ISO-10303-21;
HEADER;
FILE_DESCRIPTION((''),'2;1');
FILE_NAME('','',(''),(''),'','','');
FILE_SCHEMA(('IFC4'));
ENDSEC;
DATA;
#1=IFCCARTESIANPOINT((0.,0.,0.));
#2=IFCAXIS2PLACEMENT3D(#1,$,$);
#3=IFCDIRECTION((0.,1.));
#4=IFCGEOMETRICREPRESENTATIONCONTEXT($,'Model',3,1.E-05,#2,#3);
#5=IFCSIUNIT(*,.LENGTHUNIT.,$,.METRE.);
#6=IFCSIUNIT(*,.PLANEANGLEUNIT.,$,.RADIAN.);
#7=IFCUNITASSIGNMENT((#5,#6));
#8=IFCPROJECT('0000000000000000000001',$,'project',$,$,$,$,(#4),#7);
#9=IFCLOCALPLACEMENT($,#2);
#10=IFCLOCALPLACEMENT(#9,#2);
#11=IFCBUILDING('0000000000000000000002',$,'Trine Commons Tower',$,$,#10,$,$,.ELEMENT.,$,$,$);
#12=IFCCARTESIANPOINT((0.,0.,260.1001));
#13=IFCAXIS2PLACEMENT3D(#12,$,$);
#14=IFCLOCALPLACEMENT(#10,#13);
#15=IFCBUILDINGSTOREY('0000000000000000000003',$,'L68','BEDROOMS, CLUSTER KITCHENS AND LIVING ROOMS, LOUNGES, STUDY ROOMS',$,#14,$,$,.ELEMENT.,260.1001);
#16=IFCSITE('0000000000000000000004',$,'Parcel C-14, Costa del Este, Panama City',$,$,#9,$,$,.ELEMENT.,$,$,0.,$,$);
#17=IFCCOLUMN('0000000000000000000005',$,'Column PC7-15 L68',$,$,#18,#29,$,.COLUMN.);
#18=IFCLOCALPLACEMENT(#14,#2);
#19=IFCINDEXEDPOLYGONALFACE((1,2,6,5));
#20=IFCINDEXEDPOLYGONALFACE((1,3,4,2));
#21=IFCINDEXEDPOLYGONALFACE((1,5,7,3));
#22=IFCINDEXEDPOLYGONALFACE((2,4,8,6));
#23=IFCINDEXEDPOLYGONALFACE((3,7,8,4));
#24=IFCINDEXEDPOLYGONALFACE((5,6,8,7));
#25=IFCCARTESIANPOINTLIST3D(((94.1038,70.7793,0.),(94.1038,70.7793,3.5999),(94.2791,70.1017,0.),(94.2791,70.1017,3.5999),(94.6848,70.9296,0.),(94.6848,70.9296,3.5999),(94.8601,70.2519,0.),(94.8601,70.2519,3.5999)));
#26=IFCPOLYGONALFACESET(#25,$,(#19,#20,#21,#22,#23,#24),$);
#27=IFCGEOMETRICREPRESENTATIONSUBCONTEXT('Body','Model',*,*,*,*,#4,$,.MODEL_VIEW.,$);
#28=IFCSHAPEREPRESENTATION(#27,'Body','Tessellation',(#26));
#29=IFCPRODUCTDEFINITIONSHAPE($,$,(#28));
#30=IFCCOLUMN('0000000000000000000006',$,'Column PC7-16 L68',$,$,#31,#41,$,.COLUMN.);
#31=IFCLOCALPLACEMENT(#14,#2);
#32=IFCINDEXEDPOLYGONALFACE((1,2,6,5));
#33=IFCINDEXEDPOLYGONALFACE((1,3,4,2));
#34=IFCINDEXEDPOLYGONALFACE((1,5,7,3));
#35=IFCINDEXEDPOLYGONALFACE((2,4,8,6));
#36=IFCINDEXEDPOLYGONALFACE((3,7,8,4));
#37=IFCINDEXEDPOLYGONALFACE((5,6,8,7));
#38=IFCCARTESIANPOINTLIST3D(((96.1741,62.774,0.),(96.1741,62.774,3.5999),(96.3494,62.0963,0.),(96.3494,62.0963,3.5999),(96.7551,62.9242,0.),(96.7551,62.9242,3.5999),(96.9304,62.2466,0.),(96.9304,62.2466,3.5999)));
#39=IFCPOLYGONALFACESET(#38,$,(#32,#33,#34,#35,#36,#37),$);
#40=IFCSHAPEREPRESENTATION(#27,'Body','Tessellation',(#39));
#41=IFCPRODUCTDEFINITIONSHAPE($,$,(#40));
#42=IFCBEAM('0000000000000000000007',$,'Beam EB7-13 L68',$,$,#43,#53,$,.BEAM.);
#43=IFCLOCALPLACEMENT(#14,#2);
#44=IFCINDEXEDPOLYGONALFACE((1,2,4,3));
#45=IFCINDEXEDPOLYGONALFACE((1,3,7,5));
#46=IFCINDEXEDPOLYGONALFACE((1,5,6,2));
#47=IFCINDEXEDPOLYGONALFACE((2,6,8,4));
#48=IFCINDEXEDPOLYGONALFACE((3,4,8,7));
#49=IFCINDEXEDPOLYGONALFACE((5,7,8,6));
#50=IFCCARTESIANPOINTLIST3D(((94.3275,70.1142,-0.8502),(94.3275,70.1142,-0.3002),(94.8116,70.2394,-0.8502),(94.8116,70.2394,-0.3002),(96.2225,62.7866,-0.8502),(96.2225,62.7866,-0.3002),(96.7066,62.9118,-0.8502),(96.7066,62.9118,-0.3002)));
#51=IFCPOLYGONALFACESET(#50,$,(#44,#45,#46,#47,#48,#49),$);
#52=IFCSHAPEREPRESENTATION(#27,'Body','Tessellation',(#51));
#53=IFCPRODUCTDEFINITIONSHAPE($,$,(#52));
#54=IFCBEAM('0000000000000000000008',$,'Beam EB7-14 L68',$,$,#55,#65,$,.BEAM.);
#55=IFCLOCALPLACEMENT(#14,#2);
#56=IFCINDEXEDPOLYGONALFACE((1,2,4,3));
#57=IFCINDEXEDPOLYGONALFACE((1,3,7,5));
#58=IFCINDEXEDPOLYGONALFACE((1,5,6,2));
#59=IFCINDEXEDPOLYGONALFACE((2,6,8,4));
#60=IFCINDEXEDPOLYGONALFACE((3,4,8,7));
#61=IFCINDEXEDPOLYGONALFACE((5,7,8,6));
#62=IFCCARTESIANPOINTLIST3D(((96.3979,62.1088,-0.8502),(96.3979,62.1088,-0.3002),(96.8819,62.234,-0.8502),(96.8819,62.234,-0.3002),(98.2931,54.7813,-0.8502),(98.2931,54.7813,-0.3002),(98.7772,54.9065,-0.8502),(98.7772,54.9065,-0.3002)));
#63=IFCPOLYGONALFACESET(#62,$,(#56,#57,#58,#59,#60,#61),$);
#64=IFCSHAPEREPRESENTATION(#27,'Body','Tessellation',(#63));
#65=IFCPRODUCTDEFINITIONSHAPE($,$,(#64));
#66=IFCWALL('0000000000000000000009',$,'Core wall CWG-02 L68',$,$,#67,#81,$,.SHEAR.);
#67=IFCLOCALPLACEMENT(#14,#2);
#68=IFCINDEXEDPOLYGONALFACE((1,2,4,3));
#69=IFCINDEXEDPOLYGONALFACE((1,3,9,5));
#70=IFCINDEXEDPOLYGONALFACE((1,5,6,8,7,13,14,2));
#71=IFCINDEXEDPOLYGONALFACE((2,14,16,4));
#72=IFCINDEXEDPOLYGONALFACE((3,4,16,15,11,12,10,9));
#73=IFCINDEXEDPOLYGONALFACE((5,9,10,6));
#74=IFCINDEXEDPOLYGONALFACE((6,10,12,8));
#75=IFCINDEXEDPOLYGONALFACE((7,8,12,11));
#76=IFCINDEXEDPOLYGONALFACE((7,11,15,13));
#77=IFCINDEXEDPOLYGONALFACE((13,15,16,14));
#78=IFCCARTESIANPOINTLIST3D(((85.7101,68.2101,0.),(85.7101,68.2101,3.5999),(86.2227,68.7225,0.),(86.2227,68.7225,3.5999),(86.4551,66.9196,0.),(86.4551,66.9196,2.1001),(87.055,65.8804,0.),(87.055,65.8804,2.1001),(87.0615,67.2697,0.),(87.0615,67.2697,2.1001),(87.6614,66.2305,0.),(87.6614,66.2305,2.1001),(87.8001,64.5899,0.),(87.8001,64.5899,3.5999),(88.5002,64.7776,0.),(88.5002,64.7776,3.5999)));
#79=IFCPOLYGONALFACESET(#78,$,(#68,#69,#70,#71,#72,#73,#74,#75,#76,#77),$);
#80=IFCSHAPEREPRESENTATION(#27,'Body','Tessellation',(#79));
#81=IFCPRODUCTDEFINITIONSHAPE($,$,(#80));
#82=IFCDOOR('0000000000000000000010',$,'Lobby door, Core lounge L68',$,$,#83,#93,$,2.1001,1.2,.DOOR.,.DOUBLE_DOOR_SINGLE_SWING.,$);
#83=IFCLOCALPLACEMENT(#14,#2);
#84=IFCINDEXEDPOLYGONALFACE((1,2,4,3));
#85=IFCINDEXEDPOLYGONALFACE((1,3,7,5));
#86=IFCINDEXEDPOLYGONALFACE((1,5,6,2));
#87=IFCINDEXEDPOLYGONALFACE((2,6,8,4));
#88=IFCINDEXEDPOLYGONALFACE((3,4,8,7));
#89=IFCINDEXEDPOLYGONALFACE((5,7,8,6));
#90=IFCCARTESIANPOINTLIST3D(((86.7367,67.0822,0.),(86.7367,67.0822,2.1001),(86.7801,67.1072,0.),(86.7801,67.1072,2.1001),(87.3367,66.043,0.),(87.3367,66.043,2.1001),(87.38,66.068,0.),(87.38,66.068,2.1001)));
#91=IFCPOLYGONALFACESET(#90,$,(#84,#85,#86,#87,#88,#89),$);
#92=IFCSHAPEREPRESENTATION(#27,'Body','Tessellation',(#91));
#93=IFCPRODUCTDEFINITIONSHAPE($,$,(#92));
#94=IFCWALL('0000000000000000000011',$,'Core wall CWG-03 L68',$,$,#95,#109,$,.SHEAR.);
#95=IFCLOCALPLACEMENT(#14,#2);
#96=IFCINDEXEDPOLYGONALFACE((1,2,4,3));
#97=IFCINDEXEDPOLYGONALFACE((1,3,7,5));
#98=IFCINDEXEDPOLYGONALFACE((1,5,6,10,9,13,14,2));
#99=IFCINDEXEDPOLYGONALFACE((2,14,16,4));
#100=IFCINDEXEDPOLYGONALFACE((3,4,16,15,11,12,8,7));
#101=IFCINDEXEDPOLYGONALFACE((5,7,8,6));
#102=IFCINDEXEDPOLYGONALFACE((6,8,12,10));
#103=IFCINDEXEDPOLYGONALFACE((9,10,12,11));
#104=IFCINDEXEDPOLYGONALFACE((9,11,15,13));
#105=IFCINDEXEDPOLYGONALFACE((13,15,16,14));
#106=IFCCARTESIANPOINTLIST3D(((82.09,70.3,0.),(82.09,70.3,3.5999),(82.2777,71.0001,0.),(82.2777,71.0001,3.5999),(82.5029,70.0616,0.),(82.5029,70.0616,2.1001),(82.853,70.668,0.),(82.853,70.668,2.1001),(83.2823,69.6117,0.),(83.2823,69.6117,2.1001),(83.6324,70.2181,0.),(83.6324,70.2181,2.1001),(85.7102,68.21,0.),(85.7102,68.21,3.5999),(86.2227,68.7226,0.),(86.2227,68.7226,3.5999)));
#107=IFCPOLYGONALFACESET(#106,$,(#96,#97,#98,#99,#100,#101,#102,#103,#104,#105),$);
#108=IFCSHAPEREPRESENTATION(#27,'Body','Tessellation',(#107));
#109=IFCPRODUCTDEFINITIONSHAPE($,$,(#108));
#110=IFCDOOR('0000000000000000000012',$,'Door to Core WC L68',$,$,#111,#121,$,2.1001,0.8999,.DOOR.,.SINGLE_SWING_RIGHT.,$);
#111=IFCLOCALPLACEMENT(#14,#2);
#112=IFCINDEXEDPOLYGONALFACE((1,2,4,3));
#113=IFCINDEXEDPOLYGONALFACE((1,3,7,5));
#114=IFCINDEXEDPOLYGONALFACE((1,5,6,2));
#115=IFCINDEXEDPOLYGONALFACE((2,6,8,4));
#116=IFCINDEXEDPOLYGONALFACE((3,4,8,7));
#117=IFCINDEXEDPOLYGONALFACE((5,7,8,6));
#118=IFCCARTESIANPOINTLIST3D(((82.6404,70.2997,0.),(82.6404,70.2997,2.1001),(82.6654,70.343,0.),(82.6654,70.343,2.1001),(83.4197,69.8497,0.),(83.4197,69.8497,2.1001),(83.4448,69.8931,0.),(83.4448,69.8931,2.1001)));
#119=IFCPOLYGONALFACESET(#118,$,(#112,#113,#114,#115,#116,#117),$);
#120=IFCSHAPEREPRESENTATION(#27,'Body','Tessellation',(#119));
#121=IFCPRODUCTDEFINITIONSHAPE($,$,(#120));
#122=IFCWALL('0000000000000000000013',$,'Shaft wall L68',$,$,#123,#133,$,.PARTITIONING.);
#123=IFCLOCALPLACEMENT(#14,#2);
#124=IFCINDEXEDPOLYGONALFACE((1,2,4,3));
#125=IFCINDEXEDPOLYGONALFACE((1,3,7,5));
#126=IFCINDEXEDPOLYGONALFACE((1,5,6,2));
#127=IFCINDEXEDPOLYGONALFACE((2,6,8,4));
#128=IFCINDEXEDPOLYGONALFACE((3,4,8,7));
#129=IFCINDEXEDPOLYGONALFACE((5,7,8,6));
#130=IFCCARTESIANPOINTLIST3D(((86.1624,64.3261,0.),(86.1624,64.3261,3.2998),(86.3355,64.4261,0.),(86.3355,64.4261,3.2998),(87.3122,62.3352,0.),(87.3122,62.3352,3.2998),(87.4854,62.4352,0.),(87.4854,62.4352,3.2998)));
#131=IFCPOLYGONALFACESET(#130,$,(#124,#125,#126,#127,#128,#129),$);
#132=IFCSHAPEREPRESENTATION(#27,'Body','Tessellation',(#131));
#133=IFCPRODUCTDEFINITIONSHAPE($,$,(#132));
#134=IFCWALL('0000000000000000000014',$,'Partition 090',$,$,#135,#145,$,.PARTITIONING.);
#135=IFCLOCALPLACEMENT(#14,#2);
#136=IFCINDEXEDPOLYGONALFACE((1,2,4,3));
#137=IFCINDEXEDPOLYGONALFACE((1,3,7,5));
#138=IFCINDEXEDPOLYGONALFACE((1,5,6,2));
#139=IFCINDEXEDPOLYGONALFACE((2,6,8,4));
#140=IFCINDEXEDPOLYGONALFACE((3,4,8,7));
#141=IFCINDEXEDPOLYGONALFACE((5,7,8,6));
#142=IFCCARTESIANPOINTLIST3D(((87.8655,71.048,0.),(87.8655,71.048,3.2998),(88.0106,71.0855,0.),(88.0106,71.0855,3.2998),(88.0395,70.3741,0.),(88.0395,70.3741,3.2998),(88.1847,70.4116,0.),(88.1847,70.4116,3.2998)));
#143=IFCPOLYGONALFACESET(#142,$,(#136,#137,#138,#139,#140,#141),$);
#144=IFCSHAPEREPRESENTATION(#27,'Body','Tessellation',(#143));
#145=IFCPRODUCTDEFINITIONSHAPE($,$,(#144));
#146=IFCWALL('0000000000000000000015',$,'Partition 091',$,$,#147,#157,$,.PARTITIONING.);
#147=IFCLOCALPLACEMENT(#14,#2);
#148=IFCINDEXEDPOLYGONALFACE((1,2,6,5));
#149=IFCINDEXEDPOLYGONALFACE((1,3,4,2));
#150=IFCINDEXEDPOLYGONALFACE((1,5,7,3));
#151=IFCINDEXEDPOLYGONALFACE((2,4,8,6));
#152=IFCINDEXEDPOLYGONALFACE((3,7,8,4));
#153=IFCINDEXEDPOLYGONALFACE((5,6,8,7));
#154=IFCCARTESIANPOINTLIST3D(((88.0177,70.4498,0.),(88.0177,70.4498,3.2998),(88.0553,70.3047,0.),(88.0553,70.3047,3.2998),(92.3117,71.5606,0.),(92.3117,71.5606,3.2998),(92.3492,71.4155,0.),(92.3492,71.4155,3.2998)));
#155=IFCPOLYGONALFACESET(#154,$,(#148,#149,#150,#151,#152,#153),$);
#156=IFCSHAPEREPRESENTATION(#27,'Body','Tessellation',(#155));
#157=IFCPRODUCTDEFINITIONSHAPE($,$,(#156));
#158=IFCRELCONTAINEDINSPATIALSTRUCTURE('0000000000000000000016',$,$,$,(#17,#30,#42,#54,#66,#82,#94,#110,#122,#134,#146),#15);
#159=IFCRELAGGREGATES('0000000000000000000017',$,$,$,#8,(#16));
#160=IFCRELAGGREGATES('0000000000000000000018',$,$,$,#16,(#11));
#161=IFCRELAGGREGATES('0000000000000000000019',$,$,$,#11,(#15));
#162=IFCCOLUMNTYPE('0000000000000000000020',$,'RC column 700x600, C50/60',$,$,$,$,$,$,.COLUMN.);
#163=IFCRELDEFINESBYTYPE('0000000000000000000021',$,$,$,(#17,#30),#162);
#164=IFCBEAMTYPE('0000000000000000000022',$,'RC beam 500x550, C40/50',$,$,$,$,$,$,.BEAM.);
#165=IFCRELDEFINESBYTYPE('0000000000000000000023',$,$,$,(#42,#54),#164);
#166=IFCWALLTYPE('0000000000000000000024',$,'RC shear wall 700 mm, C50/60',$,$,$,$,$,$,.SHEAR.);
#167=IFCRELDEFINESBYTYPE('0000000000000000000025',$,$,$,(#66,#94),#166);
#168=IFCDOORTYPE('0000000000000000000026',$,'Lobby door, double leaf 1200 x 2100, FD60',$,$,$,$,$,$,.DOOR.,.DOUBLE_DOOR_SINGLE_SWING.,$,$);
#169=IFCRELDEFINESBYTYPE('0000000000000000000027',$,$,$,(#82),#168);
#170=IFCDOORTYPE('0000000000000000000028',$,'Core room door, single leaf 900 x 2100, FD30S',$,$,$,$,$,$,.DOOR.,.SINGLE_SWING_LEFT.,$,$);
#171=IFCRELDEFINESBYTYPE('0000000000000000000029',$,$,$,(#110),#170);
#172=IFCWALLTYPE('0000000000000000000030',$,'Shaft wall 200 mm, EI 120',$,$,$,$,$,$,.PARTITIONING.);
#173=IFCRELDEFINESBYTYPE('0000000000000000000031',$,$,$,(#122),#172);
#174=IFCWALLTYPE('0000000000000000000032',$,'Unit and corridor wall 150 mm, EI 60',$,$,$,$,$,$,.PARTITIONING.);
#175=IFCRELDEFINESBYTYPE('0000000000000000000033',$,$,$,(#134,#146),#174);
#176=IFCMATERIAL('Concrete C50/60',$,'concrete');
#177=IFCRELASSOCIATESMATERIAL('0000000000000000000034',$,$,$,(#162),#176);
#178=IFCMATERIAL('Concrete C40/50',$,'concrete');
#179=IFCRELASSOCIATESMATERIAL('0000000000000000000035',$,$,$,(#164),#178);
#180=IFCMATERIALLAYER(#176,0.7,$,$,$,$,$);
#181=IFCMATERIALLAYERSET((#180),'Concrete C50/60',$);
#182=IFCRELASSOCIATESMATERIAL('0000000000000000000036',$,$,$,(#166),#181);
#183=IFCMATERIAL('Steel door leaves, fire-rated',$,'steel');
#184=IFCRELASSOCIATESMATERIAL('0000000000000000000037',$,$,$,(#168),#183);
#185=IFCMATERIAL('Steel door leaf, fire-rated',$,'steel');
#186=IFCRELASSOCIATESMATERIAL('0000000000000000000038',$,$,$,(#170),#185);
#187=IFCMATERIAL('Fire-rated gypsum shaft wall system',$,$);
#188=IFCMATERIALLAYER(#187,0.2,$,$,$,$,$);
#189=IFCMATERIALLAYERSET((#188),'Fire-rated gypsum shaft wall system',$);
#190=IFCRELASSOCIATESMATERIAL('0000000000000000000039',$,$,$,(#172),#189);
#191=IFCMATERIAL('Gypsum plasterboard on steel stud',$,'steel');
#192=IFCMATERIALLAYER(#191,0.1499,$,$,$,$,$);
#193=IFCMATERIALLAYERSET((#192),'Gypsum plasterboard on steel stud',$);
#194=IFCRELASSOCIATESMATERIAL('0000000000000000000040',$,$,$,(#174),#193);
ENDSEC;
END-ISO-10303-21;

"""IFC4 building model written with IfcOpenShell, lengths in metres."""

from ifc_helpers import new_model, si_unit, direction, frame, frame_2d, origin, origin_2d, place, context, subcontext, project, spatial, polyline, rectangle, outline, extrude, material, layer, layer_set, material_profile, profile_set, type_object, element, fill, save


model = new_model("IFC4")

# Units and contexts
model_context = context("Model", 3, precision=1e-05, world=origin(), true_north=direction((0.0, 1.0)))
body_context = subcontext(model_context, "Body", "Model", "MODEL_VIEW")
ifc_project = project(units=[si_unit("LENGTHUNIT", "METRE"), si_unit("PLANEANGLEUNIT", "RADIAN")], contexts=[model_context])

# Site, building, storey
site_placement = place(None, origin())
site = spatial("IfcSite", under=ifc_project, at=site_placement, Name="Parcel C-14, Costa del Este, Panama City", CompositionType="ELEMENT", RefElevation=0.0)
building_placement = place(site_placement, origin())
building = spatial("IfcBuilding", under=site, at=building_placement, Name="Trine Commons Tower", CompositionType="ELEMENT")
storey_placement = place(building_placement, frame((0.0, 0.0, 260.1001)))
storey = spatial("IfcBuildingStorey", under=building, at=storey_placement, Name="L68", Description="BEDROOMS, CLUSTER KITCHENS AND LIVING ROOMS, LOUNGES, STUDY ROOMS", CompositionType="ELEMENT", Elevation=260.1001)

# Columns
ifc_material_1 = material(Name="Concrete C50/60", Category="concrete")
ifc_material_profile_1 = material_profile(ifc_material_1, rectangle(XDim=0.7, YDim=0.6001, at=origin_2d()), Name="RC 700x600")
ifc_profile_set_1 = profile_set([ifc_material_profile_1], Name="Concrete C50/60")
column_type = type_object("IfcColumnType", Name="RC column 700x600, C50/60", PredefinedType="COLUMN", material=ifc_profile_set_1)
for number, where, z_axis, x_axis, name in (
    (1, (94.4819, 70.5156, 0.0), (0.0, 0.0, 1.0), (-0.25038, 0.968148, 0.0), "Column PC7-15 L68"),
    (2, (96.5522, 62.5103, 0.0), (0.0, 0.0, 1.0), (-0.25038, 0.968148, 0.0), "Column PC7-16 L68"),
):
    element("IfcColumn", number, at=place(storey_placement, frame(where, z_axis=z_axis, x_axis=x_axis)), inside=storey, type_object=column_type, Name=name, PredefinedType="COLUMN", context=body_context, shape_type="SweptSolid", body=[
        extrude(rectangle(XDim=0.7, YDim=0.6001, at=origin_2d()), origin(), (0.0, 0.0, 1.0), 3.5999),
    ])

# Beams
ifc_material_2 = material(Name="Concrete C40/50", Category="concrete")
ifc_material_profile_2 = material_profile(ifc_material_2, rectangle(XDim=0.5, YDim=0.55, at=origin_2d()), Name="RC 500x550")
ifc_profile_set_2 = profile_set([ifc_material_profile_2], Name="Concrete C40/50")
beam_type = type_object("IfcBeamType", Name="RC beam 500x550, C40/50", PredefinedType="BEAM", material=ifc_profile_set_2)
for number, where, z_axis, x_axis, name in (
    (3, (94.5696, 70.1768, -0.5752), (0.250376, -0.968149, 0.0), (0.968149, 0.250376, 0.0), "Beam EB7-13 L68"),
    (4, (96.6399, 62.1714, -0.5752), (0.250414, -0.968139, 0.0), (0.968139, 0.250414, 0.0), "Beam EB7-14 L68"),
):
    element("IfcBeam", number, at=place(storey_placement, frame(where, z_axis=z_axis, x_axis=x_axis)), inside=storey, type_object=beam_type, Name=name, PredefinedType="BEAM", context=body_context, shape_type="SweptSolid", body=[
        extrude(rectangle(XDim=0.5, YDim=0.55, at=origin_2d()), origin(), (0.0, 0.0, 1.0), 7.5686),
    ])

# Walls, openings, doors
ifc_layer_1 = layer(ifc_material_1, 0.7)
ifc_layer_set_1 = layer_set([ifc_layer_1], Name="Concrete C50/60")
wall_type_1 = type_object("IfcWallType", Name="RC shear wall 700 mm, C50/60", PredefinedType="SHEAR", material=ifc_layer_set_1)
wall_1_placement = place(storey_placement, frame((88.197, 64.6025, 0.0), z_axis=(0.0, 0.0, 1.0), x_axis=(-0.499984, 0.866035, 0.0)))
wall_1 = element("IfcWall", 5, at=wall_1_placement, inside=storey, type_object=wall_type_1, Name="Core wall CWG-02 L68", PredefinedType="SHEAR", context=body_context, shape_type="SweptSolid", body=[
    extrude(outline(polyline([(0.0, -0.3501), (4.5552, -0.3501), (4.3677, 0.3501), (0.1875, 0.3501), (0.0, -0.3501)])), origin(), (0.0, 0.0, 1.0), 3.5999),
])
opening_1_placement = place(wall_1_placement, frame((1.6775, 0.0, 0.0)))
opening_1 = element("IfcOpeningElement", 6, at=opening_1_placement, cuts=wall_1, PredefinedType="OPENING", context=body_context, shape_type="SweptSolid", body=[
    extrude(rectangle(XDim=1.2, YDim=2.1001, at=frame_2d((0.6001, 1.05))), frame((0.0, 0.3599, 0.0), z_axis=(0.0, -1.0, 0.0), x_axis=(1.0, 0.0, 0.0)), (0.0, 0.0, 1.0), 0.72),
])
ifc_material_3 = material(Name="Steel door leaves, fire-rated", Category="steel")
door_type_1 = type_object("IfcDoorType", Name="Lobby door, double leaf 1200 x 2100, FD60", OperationType="DOUBLE_DOOR_SINGLE_SWING", PredefinedType="DOOR", material=ifc_material_3)
door_1_placement = place(opening_1_placement, origin())
door_1 = element("IfcDoor", 7, at=door_1_placement, inside=storey, type_object=door_type_1, Name="Lobby door, Core lounge L68", OperationType="DOUBLE_DOOR_SINGLE_SWING", OverallHeight=2.1001, OverallWidth=1.2, PredefinedType="DOOR", context=body_context, shape_type="SweptSolid", body=[
    extrude(rectangle(XDim=1.2, YDim=2.1001, at=frame_2d((0.6001, 1.05))), frame((0.0, 0.0249, 0.0), z_axis=(0.0, -1.0, 0.0), x_axis=(1.0, 0.0, 0.0)), (0.0, 0.0, 1.0), 0.05),
])
fill(opening_1, door_1)
wall_2_placement = place(storey_placement, frame((86.0476, 68.4194, 0.0), z_axis=(0.0, 0.0, 1.0), x_axis=(-0.866035, 0.499984, 0.0)))
wall_2 = element("IfcWall", 8, at=wall_2_placement, inside=storey, type_object=wall_type_1, Name="Core wall CWG-03 L68", PredefinedType="SHEAR", context=body_context, shape_type="SweptSolid", body=[
    extrude(outline(polyline([(0.0, -0.3501), (4.5552, -0.3501), (4.3677, 0.3501), (0.1875, 0.3501), (0.0, -0.3501)])), origin(), (0.0, 0.0, 1.0), 3.5999),
])
opening_2_placement = place(wall_2_placement, frame((2.991, 0.0, 0.0)))
opening_2 = element("IfcOpeningElement", 9, at=opening_2_placement, cuts=wall_2, PredefinedType="OPENING", context=body_context, shape_type="SweptSolid", body=[
    extrude(rectangle(XDim=0.8999, YDim=2.1001, at=frame_2d((0.45, 1.05))), frame((0.0, 0.3599, 0.0), z_axis=(0.0, -1.0, 0.0), x_axis=(1.0, 0.0, 0.0)), (0.0, 0.0, 1.0), 0.72),
])
ifc_material_4 = material(Name="Steel door leaf, fire-rated", Category="steel")
door_type_2 = type_object("IfcDoorType", Name="Core room door, single leaf 900 x 2100, FD30S", OperationType="SINGLE_SWING_LEFT", PredefinedType="DOOR", material=ifc_material_4)
door_2_placement = place(opening_2_placement, origin())
door_2 = element("IfcDoor", 10, at=door_2_placement, inside=storey, type_object=door_type_2, Name="Door to Core WC L68", OperationType="SINGLE_SWING_RIGHT", OverallHeight=2.1001, OverallWidth=0.8999, PredefinedType="DOOR", context=body_context, shape_type="SweptSolid", body=[
    extrude(rectangle(XDim=0.8999, YDim=2.1001, at=frame_2d((0.45, 1.05))), frame((0.0, 0.0752, 0.0), z_axis=(0.0, -1.0, 0.0), x_axis=(1.0, 0.0, 0.0)), (0.0, 0.0, 1.0), 0.05),
])
fill(opening_2, door_2)

# Walls
ifc_material_5 = material(Name="Fire-rated gypsum shaft wall system")
ifc_layer_2 = layer(ifc_material_5, 0.2)
ifc_layer_set_2 = layer_set([ifc_layer_2], Name="Fire-rated gypsum shaft wall system")
wall_type_2 = type_object("IfcWallType", Name="Shaft wall 200 mm, EI 120", PredefinedType="PARTITIONING", material=ifc_layer_set_2)
wall_3_placement = place(storey_placement, frame((86.249, 64.376, 0.0), z_axis=(0.0, 0.0, 1.0), x_axis=(0.500136, -0.865947, 0.0)))
element("IfcWall", 11, at=wall_3_placement, inside=storey, type_object=wall_type_2, Name="Shaft wall L68", PredefinedType="PARTITIONING", context=body_context, shape_type="SweptSolid", body=[
    extrude(rectangle(XDim=2.2991, YDim=0.2, at=frame_2d((1.1494, 0.0))), origin(), (0.0, 0.0, 1.0), 3.2998),
])
ifc_material_6 = material(Name="Gypsum plasterboard on steel stud", Category="steel")
ifc_layer_3 = layer(ifc_material_6, 0.1499)
ifc_layer_set_3 = layer_set([ifc_layer_3], Name="Gypsum plasterboard on steel stud")
wall_type_3 = type_object("IfcWallType", Name="Unit and corridor wall 150 mm, EI 60", PredefinedType="PARTITIONING", material=ifc_layer_set_3)
wall_4_placement = place(storey_placement, frame((87.938, 71.0669, 0.0), z_axis=(0.0, 0.0, 1.0), x_axis=(0.250122, -0.968214, 0.0)))
element("IfcWall", 12, at=wall_4_placement, inside=storey, type_object=wall_type_3, Name="Partition 090", PredefinedType="PARTITIONING", context=body_context, shape_type="SweptSolid", body=[
    extrude(rectangle(XDim=0.696, YDim=0.1499, at=frame_2d((0.3481, 0.0))), origin(), (0.0, 0.0, 1.0), 3.2998),
])
wall_5_placement = place(storey_placement, frame((88.0364, 70.3772, 0.0), z_axis=(0.0, 0.0, 1.0), x_axis=(0.968129, 0.250454, 0.0)))
element("IfcWall", 13, at=wall_5_placement, inside=storey, type_object=wall_type_3, Name="Partition 091", PredefinedType="PARTITIONING", context=body_context, shape_type="SweptSolid", body=[
    extrude(rectangle(XDim=4.4353, YDim=0.1499, at=frame_2d((2.2178, 0.0))), origin(), (0.0, 0.0, 1.0), 3.2998),
])

save(model, "model.ifc")
